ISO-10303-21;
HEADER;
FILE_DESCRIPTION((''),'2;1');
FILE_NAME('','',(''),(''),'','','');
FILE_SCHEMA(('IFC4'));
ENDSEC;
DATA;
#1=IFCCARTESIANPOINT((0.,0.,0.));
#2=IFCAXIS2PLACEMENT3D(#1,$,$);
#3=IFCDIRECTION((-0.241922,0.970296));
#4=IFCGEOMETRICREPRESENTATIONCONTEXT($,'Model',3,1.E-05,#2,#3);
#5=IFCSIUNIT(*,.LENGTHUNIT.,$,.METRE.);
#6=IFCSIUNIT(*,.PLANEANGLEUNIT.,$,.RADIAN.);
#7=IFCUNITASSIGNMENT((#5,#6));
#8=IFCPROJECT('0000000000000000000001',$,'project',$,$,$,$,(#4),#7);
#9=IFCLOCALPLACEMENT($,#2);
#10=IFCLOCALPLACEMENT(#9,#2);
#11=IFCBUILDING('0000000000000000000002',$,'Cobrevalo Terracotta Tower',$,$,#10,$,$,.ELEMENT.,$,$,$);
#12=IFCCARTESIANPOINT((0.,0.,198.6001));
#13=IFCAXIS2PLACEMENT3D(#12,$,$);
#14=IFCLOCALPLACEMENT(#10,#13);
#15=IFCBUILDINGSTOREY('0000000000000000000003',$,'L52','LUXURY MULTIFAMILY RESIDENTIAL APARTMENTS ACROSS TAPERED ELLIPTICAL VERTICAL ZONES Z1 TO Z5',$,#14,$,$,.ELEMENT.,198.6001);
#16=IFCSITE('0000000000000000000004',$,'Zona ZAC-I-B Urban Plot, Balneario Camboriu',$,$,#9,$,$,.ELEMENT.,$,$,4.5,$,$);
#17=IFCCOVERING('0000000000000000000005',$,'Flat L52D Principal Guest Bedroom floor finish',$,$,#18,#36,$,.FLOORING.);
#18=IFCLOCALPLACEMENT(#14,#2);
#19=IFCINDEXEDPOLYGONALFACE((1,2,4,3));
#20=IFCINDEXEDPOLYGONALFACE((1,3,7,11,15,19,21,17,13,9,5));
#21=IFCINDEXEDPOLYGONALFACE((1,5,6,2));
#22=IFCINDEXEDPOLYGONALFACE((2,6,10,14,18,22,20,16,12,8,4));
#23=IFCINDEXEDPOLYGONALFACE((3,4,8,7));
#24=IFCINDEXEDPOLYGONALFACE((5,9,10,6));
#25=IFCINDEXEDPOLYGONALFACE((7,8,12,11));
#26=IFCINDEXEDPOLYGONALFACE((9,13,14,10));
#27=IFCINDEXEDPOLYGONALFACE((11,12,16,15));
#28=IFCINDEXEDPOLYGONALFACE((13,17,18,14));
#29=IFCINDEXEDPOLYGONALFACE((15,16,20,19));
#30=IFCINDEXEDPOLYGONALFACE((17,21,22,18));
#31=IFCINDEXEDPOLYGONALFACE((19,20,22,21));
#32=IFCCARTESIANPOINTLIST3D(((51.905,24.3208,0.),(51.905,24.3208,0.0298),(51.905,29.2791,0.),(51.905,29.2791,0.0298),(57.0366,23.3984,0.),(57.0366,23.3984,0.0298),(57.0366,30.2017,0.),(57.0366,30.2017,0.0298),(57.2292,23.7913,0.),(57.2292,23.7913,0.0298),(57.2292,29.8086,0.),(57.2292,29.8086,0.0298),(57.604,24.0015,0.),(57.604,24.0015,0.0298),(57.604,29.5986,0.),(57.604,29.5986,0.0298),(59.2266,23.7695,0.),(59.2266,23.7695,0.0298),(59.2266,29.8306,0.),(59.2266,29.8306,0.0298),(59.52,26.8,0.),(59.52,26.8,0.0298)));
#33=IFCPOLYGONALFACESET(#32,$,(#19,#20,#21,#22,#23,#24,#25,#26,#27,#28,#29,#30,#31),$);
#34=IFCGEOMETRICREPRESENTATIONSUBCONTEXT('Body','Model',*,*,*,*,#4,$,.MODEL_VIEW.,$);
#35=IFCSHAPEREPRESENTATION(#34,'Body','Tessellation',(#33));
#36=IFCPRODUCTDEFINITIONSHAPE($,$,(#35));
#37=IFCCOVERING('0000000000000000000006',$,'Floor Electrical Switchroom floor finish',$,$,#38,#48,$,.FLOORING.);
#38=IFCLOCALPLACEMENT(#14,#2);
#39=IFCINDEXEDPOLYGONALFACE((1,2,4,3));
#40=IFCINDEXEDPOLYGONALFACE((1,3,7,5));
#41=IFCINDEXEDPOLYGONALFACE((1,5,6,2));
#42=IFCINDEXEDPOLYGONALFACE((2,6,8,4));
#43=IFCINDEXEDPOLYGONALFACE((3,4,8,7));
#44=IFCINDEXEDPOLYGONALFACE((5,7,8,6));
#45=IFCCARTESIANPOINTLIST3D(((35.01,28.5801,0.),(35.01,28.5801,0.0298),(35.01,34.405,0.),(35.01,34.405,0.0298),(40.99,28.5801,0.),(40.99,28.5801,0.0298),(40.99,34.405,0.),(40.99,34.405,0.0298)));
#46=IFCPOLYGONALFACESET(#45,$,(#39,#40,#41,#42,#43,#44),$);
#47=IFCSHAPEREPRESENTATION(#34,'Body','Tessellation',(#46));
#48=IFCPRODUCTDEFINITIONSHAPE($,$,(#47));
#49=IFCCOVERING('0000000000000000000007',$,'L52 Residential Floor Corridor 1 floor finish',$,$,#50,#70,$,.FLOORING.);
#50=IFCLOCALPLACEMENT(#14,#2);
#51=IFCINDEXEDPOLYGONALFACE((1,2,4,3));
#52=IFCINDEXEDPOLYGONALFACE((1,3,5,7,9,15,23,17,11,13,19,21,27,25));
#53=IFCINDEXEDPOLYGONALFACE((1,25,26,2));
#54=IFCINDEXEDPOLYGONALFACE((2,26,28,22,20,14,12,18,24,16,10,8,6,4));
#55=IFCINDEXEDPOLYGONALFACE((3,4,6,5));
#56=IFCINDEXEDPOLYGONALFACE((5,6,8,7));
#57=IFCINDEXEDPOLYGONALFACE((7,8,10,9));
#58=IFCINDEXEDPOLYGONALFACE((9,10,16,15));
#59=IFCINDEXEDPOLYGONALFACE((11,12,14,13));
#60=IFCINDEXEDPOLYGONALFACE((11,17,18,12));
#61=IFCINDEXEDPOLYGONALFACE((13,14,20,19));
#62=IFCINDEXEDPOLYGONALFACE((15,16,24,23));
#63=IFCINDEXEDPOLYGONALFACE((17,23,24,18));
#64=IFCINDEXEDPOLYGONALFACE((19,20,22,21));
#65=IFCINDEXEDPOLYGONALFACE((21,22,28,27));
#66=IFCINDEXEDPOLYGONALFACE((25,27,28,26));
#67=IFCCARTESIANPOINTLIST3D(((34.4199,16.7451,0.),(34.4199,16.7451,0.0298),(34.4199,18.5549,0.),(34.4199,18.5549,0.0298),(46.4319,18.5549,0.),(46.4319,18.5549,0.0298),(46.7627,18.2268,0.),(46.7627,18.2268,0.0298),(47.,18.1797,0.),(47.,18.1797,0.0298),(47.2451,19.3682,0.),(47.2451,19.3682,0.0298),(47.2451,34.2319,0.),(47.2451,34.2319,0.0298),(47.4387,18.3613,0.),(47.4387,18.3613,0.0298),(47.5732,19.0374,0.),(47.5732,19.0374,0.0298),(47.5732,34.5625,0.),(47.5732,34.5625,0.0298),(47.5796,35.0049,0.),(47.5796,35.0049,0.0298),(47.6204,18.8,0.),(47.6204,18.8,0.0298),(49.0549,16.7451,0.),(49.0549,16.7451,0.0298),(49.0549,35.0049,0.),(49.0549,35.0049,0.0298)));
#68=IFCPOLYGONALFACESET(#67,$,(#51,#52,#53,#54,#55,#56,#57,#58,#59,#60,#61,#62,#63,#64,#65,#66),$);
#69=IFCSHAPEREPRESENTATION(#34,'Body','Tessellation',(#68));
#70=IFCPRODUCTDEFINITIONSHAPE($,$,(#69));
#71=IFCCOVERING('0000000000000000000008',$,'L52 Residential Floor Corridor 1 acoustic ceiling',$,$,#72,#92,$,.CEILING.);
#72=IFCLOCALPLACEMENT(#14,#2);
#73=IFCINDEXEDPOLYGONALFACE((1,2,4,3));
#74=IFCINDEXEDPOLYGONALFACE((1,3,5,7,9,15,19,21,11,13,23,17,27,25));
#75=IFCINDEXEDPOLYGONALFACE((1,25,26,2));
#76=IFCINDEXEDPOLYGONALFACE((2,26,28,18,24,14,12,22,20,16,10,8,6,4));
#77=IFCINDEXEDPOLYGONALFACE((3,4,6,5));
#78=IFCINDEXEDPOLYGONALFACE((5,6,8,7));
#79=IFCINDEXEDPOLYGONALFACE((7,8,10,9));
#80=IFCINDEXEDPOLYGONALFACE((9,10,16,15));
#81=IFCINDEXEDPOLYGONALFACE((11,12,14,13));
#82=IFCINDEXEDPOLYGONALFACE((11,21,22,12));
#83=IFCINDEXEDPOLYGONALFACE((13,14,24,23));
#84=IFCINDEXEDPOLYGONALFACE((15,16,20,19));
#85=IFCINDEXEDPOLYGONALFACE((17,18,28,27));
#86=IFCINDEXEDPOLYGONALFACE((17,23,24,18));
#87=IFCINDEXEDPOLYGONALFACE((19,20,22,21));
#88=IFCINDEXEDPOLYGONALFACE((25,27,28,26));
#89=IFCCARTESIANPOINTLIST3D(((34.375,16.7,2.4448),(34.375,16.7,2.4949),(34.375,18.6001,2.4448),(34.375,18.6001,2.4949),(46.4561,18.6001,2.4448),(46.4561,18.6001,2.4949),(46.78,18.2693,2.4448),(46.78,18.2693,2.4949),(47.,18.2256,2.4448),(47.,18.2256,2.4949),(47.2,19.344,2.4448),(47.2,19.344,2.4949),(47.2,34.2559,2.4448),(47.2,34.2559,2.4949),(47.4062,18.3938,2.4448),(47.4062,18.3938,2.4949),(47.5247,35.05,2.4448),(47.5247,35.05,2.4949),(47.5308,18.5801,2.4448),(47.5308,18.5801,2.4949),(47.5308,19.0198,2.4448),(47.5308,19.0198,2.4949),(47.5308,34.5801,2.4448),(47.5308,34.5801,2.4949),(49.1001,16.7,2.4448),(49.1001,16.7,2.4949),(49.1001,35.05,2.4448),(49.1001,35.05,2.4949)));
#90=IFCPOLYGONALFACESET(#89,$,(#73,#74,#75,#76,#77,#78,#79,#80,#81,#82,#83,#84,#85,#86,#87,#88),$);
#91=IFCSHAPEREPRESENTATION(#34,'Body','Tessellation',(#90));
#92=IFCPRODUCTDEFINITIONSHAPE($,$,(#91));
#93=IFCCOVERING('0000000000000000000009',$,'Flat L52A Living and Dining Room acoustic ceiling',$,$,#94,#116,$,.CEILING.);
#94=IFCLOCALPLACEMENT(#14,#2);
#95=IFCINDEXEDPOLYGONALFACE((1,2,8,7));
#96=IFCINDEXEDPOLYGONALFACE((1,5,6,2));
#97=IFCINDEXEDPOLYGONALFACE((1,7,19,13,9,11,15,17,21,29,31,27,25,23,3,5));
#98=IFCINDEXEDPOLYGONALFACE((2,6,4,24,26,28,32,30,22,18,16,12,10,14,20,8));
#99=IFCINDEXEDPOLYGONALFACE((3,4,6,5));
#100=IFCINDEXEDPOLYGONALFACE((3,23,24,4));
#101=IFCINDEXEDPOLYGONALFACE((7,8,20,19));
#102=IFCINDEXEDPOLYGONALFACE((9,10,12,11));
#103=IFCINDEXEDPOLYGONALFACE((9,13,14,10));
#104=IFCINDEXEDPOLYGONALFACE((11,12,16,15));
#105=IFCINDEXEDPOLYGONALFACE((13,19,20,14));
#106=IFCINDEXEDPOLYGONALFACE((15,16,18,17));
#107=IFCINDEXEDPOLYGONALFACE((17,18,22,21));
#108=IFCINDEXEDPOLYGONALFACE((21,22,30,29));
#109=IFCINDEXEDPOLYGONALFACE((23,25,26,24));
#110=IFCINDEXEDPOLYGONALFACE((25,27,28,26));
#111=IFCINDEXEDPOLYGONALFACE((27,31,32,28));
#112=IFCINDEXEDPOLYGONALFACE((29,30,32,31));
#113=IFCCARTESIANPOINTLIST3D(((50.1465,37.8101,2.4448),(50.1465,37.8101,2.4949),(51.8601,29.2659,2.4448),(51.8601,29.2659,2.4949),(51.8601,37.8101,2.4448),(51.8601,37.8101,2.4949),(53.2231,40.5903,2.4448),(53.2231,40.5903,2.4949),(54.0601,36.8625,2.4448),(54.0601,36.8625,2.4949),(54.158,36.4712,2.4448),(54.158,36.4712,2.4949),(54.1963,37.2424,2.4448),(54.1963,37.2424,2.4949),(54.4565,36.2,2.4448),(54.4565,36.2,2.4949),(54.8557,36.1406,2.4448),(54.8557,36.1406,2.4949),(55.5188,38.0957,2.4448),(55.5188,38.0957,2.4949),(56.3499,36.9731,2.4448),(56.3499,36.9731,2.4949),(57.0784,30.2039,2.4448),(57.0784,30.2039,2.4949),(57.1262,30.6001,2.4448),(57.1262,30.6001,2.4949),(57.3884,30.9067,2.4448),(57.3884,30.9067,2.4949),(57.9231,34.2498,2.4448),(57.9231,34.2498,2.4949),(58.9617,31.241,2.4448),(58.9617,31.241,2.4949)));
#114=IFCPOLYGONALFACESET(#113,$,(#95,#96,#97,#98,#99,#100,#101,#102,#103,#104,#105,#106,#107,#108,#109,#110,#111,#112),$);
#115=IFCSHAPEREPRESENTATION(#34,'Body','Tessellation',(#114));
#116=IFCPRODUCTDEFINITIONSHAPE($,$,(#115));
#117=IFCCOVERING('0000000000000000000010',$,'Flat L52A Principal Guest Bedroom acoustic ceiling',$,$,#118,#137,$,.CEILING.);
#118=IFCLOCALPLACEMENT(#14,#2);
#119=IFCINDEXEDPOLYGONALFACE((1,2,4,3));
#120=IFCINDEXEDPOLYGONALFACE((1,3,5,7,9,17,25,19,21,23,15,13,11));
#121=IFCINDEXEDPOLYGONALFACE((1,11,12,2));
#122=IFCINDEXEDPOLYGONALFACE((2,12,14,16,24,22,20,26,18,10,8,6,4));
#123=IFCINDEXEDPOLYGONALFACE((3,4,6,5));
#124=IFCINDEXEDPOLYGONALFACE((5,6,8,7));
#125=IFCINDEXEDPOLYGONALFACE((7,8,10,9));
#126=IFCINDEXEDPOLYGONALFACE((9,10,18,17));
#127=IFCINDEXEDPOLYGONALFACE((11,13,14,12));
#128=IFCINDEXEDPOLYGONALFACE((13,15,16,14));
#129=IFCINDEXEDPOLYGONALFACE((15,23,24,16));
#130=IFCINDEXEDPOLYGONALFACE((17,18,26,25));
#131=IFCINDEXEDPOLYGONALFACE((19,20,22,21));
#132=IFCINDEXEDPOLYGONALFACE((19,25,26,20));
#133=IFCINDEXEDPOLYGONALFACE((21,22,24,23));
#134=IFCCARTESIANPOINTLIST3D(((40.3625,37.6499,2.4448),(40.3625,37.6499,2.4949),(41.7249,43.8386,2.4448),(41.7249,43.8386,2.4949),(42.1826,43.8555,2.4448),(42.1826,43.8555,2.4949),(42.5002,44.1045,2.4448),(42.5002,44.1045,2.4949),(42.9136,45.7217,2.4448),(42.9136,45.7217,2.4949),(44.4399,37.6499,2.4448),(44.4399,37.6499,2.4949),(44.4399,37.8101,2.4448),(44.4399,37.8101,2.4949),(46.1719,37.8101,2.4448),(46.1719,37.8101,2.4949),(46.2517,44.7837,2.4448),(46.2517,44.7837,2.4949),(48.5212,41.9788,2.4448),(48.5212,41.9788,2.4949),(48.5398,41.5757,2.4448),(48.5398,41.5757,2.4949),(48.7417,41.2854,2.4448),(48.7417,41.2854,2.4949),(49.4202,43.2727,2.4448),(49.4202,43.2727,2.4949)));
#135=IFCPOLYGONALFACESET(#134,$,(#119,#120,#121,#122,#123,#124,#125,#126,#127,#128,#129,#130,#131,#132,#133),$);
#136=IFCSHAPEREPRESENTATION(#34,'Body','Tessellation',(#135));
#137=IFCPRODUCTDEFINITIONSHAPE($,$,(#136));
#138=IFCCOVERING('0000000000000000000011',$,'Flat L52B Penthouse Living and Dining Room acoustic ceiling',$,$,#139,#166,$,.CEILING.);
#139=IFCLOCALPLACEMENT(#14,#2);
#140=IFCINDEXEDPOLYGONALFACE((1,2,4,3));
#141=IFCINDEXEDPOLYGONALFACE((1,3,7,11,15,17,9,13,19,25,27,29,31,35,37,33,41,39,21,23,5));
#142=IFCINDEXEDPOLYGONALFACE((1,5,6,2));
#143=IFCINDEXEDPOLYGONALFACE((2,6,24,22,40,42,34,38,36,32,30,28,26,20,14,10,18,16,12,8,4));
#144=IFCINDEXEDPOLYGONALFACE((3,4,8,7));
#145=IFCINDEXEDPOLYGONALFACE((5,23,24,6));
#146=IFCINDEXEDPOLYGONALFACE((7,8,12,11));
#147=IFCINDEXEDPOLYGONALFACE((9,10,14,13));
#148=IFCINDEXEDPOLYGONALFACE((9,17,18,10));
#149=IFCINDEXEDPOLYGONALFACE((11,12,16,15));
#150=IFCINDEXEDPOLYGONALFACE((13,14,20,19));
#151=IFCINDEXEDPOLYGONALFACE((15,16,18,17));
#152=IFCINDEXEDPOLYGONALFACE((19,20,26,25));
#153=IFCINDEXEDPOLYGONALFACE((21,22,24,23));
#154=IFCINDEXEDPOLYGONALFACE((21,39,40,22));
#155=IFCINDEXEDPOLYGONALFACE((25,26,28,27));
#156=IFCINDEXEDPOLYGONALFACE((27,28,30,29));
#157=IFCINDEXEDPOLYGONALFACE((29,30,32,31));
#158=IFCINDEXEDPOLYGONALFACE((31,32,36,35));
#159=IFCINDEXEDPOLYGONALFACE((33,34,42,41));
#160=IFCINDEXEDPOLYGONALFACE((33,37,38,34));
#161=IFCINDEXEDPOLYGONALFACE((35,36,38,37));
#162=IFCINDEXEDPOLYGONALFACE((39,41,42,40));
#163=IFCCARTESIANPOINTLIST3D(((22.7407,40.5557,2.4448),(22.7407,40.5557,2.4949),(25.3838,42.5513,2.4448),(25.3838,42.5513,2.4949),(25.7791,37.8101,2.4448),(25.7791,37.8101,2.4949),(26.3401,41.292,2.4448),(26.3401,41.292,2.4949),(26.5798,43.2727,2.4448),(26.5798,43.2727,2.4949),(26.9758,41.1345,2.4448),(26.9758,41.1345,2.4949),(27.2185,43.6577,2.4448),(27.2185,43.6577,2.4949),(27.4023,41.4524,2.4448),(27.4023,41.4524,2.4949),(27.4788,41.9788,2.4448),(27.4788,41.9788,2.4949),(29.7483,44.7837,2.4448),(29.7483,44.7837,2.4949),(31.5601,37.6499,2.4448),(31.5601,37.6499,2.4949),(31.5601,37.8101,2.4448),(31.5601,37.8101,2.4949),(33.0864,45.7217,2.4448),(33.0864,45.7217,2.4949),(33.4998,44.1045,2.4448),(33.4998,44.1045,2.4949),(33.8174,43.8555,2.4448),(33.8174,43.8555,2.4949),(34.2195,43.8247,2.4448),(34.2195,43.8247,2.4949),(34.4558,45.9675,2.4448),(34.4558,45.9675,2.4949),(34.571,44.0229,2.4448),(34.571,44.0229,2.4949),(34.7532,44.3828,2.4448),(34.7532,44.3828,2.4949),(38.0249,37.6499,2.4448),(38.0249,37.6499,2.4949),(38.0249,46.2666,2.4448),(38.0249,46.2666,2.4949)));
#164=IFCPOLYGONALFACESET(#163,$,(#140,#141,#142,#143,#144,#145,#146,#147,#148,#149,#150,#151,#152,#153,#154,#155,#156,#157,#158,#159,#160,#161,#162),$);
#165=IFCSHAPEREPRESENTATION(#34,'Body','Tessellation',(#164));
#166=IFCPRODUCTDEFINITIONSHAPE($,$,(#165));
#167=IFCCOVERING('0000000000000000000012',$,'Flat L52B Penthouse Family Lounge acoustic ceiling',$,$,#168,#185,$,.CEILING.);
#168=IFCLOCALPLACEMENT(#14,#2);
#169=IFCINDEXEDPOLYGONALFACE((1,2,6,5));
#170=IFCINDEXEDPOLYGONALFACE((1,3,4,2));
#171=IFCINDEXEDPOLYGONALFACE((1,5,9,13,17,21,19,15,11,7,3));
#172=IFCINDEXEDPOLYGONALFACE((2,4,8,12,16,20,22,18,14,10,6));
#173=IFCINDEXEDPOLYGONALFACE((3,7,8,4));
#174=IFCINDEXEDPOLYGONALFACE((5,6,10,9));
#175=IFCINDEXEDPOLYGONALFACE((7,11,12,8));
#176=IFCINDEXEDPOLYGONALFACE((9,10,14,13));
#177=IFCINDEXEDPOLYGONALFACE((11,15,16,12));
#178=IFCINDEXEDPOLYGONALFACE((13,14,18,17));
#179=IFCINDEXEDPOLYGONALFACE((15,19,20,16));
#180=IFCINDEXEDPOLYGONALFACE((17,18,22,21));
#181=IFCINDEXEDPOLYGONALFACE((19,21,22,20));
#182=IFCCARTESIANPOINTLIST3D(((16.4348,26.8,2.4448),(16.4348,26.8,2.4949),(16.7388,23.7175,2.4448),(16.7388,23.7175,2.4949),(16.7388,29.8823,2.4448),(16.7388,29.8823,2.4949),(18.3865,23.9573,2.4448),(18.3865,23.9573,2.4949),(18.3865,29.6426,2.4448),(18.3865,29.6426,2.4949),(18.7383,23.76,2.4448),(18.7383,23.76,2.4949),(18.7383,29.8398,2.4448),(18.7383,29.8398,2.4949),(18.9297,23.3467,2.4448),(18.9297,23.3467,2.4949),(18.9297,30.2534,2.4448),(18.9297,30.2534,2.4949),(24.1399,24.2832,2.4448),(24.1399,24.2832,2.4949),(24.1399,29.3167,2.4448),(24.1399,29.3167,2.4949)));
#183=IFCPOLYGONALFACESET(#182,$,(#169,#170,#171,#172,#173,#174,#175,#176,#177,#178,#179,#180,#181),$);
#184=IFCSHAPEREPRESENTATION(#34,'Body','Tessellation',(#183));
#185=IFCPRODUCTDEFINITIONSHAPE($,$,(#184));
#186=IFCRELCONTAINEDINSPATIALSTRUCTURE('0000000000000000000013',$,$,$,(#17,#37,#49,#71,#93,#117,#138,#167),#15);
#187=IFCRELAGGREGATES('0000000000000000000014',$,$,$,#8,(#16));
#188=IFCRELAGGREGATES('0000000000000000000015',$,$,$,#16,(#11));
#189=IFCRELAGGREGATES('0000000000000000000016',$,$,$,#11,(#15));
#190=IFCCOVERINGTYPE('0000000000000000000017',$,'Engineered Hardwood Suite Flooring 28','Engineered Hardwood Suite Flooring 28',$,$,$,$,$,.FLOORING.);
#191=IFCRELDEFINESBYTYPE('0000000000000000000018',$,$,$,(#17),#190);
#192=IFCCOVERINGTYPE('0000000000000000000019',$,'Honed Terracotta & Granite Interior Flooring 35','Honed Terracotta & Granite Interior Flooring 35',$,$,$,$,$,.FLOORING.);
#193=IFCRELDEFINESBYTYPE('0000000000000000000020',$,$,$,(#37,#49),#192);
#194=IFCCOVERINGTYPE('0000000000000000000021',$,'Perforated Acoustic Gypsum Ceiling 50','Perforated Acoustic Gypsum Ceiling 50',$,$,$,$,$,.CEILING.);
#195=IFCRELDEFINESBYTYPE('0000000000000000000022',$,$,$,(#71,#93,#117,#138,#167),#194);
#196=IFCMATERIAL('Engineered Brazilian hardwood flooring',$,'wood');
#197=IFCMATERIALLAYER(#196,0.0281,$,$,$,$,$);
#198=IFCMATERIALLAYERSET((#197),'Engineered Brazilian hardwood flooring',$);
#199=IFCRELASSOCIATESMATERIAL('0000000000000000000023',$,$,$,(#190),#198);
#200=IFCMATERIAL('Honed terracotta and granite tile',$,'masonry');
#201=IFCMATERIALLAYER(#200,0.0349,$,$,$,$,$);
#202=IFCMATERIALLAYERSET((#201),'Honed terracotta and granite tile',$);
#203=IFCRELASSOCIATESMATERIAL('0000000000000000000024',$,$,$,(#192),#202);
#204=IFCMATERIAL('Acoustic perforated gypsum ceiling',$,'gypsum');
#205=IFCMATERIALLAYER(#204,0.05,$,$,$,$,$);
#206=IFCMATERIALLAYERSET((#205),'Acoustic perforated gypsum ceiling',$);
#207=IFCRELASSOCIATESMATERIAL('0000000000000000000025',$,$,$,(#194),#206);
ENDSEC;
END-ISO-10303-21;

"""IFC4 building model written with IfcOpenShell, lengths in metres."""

from ifc_helpers import new_model, si_unit, direction, frame, origin, place, context, subcontext, project, spatial, polyline, outline, extrude, material, layer, layer_set, type_object, element, save


model = new_model("IFC4")

# Units and contexts
model_context = context("Model", 3, precision=1e-05, world=origin(), true_north=direction((-0.241922, 0.970296)))
body_context = subcontext(model_context, "Body", "Model", "MODEL_VIEW")
ifc_project = project(units=[si_unit("LENGTHUNIT", "METRE"), si_unit("PLANEANGLEUNIT", "RADIAN")], contexts=[model_context])

# Site, building, storey
site_placement = place(None, origin())
site = spatial("IfcSite", under=ifc_project, at=site_placement, Name="Zona ZAC-I-B Urban Plot, Balneario Camboriu", CompositionType="ELEMENT", RefElevation=4.5)
building_placement = place(site_placement, origin())
building = spatial("IfcBuilding", under=site, at=building_placement, Name="Cobrevalo Terracotta Tower", CompositionType="ELEMENT")
storey_placement = place(building_placement, frame((0.0, 0.0, 198.6001)))
storey = spatial("IfcBuildingStorey", under=building, at=storey_placement, Name="L52", Description="LUXURY MULTIFAMILY RESIDENTIAL APARTMENTS ACROSS TAPERED ELLIPTICAL VERTICAL ZONES Z1 TO Z5", CompositionType="ELEMENT", Elevation=198.6001)

# Coverings
ifc_material_1 = material(Name="Engineered Brazilian hardwood flooring", Category="wood")
ifc_layer_1 = layer(ifc_material_1, 0.0281)
ifc_layer_set_1 = layer_set([ifc_layer_1], Name="Engineered Brazilian hardwood flooring")
covering_type_1 = type_object("IfcCoveringType", Name="Engineered Hardwood Suite Flooring 28", Description="Engineered Hardwood Suite Flooring 28", PredefinedType="FLOORING", material=ifc_layer_set_1)
covering_1_placement = place(storey_placement, origin())
element("IfcCovering", 1, at=covering_1_placement, inside=storey, type_object=covering_type_1, Name="Flat L52D Principal Guest Bedroom floor finish", PredefinedType="FLOORING", context=body_context, shape_type="SweptSolid", body=[
    extrude(outline(polyline([(57.0366, 30.2017), (57.2292, 29.8086), (57.604, 29.5986), (59.2266, 29.8306), (59.52, 26.8), (59.2266, 23.7695), (57.604, 24.0015), (57.2292, 23.7913), (57.0366, 23.3984), (51.905, 24.3208), (51.905, 29.2791), (57.0366, 30.2017)])), origin(), (0.0, 0.0, 1.0), 0.0298),
])
ifc_material_2 = material(Name="Honed terracotta and granite tile", Category="masonry")
ifc_layer_2 = layer(ifc_material_2, 0.0349)
ifc_layer_set_2 = layer_set([ifc_layer_2], Name="Honed terracotta and granite tile")
covering_type_2 = type_object("IfcCoveringType", Name="Honed Terracotta & Granite Interior Flooring 35", Description="Honed Terracotta & Granite Interior Flooring 35", PredefinedType="FLOORING", material=ifc_layer_set_2)
covering_2_placement = place(storey_placement, origin())
element("IfcCovering", 2, at=covering_2_placement, inside=storey, type_object=covering_type_2, Name="Floor Electrical Switchroom floor finish", PredefinedType="FLOORING", context=body_context, shape_type="SweptSolid", body=[
    extrude(outline(polyline([(35.01, 34.405), (40.99, 34.405), (40.99, 28.5801), (35.01, 28.5801), (35.01, 34.405)])), origin(), (0.0, 0.0, 1.0), 0.0298),
])
covering_3_placement = place(storey_placement, origin())
element("IfcCovering", 3, at=covering_3_placement, inside=storey, type_object=covering_type_2, Name="L52 Residential Floor Corridor 1 floor finish", PredefinedType="FLOORING", context=body_context, shape_type="SweptSolid", body=[
    extrude(outline(polyline([(34.4199, 18.5549), (46.4319, 18.5549), (46.7627, 18.2268), (47.0, 18.1797), (47.4387, 18.3613), (47.6204, 18.8), (47.5732, 19.0374), (47.2451, 19.3682), (47.2451, 34.2319), (47.5732, 34.5625), (47.5796, 35.0049), (49.0549, 35.0049), (49.0549, 16.7451), (34.4199, 16.7451), (34.4199, 18.5549)])), origin(), (0.0, 0.0, 1.0), 0.0298),
])
ifc_material_3 = material(Name="Acoustic perforated gypsum ceiling", Category="gypsum")
ifc_layer_3 = layer(ifc_material_3, 0.05)
ifc_layer_set_3 = layer_set([ifc_layer_3], Name="Acoustic perforated gypsum ceiling")
covering_type_3 = type_object("IfcCoveringType", Name="Perforated Acoustic Gypsum Ceiling 50", Description="Perforated Acoustic Gypsum Ceiling 50", PredefinedType="CEILING", material=ifc_layer_set_3)
covering_4_placement = place(storey_placement, frame((0.0, 0.0, 2.4448)))
element("IfcCovering", 4, at=covering_4_placement, inside=storey, type_object=covering_type_3, Name="L52 Residential Floor Corridor 1 acoustic ceiling", PredefinedType="CEILING", context=body_context, shape_type="SweptSolid", body=[
    extrude(outline(polyline([(34.375, 18.6001), (46.4561, 18.6001), (46.78, 18.2693), (47.0, 18.2256), (47.4062, 18.3938), (47.5308, 18.5801), (47.5308, 19.0198), (47.2, 19.344), (47.2, 34.2559), (47.5308, 34.5801), (47.5247, 35.05), (49.1001, 35.05), (49.1001, 16.7), (34.375, 16.7), (34.375, 18.6001)])), origin(), (0.0, 0.0, 1.0), 0.05),
])
covering_5_placement = place(storey_placement, frame((0.0, 0.0, 2.4448)))
element("IfcCovering", 5, at=covering_5_placement, inside=storey, type_object=covering_type_3, Name="Flat L52A Living and Dining Room acoustic ceiling", PredefinedType="CEILING", context=body_context, shape_type="SweptSolid", body=[
    extrude(outline(polyline([(53.2231, 40.5903), (55.5188, 38.0957), (54.1963, 37.2424), (54.0601, 36.8625), (54.158, 36.4712), (54.4565, 36.2), (54.8557, 36.1406), (56.3499, 36.9731), (57.9231, 34.2498), (58.9617, 31.241), (57.3884, 30.9067), (57.1262, 30.6001), (57.0784, 30.2039), (51.8601, 29.2659), (51.8601, 37.8101), (50.1465, 37.8101), (53.2231, 40.5903)])), origin(), (0.0, 0.0, 1.0), 0.05),
])
covering_6_placement = place(storey_placement, frame((0.0, 0.0, 2.4448)))
element("IfcCovering", 6, at=covering_6_placement, inside=storey, type_object=covering_type_3, Name="Flat L52A Principal Guest Bedroom acoustic ceiling", PredefinedType="CEILING", context=body_context, shape_type="SweptSolid", body=[
    extrude(outline(polyline([(46.2517, 44.7837), (49.4202, 43.2727), (48.5212, 41.9788), (48.5398, 41.5757), (48.7417, 41.2854), (46.1719, 37.8101), (44.4399, 37.8101), (44.4399, 37.6499), (40.3625, 37.6499), (41.7249, 43.8386), (42.1826, 43.8555), (42.5002, 44.1045), (42.9136, 45.7217), (46.2517, 44.7837)])), origin(), (0.0, 0.0, 1.0), 0.05),
])
covering_7_placement = place(storey_placement, frame((0.0, 0.0, 2.4448)))
element("IfcCovering", 7, at=covering_7_placement, inside=storey, type_object=covering_type_3, Name="Flat L52B Penthouse Living and Dining Room acoustic ceiling", PredefinedType="CEILING", context=body_context, shape_type="SweptSolid", body=[
    extrude(outline(polyline([(25.3838, 42.5513), (26.3401, 41.292), (26.9758, 41.1345), (27.4023, 41.4524), (27.4788, 41.9788), (26.5798, 43.2727), (27.2185, 43.6577), (29.7483, 44.7837), (33.0864, 45.7217), (33.4998, 44.1045), (33.8174, 43.8555), (34.2195, 43.8247), (34.571, 44.0229), (34.7532, 44.3828), (34.4558, 45.9675), (38.0249, 46.2666), (38.0249, 37.6499), (31.5601, 37.6499), (31.5601, 37.8101), (25.7791, 37.8101), (22.7407, 40.5557), (25.3838, 42.5513)])), origin(), (0.0, 0.0, 1.0), 0.05),
])
covering_8_placement = place(storey_placement, frame((0.0, 0.0, 2.4448)))
element("IfcCovering", 8, at=covering_8_placement, inside=storey, type_object=covering_type_3, Name="Flat L52B Penthouse Family Lounge acoustic ceiling", PredefinedType="CEILING", context=body_context, shape_type="SweptSolid", body=[
    extrude(outline(polyline([(16.7388, 29.8823), (18.3865, 29.6426), (18.7383, 29.8398), (18.9297, 30.2534), (24.1399, 29.3167), (24.1399, 24.2832), (18.9297, 23.3467), (18.7383, 23.76), (18.3865, 23.9573), (16.7388, 23.7175), (16.4348, 26.8), (16.7388, 29.8823)])), origin(), (0.0, 0.0, 1.0), 0.05),
])

save(model, "model.ifc")
